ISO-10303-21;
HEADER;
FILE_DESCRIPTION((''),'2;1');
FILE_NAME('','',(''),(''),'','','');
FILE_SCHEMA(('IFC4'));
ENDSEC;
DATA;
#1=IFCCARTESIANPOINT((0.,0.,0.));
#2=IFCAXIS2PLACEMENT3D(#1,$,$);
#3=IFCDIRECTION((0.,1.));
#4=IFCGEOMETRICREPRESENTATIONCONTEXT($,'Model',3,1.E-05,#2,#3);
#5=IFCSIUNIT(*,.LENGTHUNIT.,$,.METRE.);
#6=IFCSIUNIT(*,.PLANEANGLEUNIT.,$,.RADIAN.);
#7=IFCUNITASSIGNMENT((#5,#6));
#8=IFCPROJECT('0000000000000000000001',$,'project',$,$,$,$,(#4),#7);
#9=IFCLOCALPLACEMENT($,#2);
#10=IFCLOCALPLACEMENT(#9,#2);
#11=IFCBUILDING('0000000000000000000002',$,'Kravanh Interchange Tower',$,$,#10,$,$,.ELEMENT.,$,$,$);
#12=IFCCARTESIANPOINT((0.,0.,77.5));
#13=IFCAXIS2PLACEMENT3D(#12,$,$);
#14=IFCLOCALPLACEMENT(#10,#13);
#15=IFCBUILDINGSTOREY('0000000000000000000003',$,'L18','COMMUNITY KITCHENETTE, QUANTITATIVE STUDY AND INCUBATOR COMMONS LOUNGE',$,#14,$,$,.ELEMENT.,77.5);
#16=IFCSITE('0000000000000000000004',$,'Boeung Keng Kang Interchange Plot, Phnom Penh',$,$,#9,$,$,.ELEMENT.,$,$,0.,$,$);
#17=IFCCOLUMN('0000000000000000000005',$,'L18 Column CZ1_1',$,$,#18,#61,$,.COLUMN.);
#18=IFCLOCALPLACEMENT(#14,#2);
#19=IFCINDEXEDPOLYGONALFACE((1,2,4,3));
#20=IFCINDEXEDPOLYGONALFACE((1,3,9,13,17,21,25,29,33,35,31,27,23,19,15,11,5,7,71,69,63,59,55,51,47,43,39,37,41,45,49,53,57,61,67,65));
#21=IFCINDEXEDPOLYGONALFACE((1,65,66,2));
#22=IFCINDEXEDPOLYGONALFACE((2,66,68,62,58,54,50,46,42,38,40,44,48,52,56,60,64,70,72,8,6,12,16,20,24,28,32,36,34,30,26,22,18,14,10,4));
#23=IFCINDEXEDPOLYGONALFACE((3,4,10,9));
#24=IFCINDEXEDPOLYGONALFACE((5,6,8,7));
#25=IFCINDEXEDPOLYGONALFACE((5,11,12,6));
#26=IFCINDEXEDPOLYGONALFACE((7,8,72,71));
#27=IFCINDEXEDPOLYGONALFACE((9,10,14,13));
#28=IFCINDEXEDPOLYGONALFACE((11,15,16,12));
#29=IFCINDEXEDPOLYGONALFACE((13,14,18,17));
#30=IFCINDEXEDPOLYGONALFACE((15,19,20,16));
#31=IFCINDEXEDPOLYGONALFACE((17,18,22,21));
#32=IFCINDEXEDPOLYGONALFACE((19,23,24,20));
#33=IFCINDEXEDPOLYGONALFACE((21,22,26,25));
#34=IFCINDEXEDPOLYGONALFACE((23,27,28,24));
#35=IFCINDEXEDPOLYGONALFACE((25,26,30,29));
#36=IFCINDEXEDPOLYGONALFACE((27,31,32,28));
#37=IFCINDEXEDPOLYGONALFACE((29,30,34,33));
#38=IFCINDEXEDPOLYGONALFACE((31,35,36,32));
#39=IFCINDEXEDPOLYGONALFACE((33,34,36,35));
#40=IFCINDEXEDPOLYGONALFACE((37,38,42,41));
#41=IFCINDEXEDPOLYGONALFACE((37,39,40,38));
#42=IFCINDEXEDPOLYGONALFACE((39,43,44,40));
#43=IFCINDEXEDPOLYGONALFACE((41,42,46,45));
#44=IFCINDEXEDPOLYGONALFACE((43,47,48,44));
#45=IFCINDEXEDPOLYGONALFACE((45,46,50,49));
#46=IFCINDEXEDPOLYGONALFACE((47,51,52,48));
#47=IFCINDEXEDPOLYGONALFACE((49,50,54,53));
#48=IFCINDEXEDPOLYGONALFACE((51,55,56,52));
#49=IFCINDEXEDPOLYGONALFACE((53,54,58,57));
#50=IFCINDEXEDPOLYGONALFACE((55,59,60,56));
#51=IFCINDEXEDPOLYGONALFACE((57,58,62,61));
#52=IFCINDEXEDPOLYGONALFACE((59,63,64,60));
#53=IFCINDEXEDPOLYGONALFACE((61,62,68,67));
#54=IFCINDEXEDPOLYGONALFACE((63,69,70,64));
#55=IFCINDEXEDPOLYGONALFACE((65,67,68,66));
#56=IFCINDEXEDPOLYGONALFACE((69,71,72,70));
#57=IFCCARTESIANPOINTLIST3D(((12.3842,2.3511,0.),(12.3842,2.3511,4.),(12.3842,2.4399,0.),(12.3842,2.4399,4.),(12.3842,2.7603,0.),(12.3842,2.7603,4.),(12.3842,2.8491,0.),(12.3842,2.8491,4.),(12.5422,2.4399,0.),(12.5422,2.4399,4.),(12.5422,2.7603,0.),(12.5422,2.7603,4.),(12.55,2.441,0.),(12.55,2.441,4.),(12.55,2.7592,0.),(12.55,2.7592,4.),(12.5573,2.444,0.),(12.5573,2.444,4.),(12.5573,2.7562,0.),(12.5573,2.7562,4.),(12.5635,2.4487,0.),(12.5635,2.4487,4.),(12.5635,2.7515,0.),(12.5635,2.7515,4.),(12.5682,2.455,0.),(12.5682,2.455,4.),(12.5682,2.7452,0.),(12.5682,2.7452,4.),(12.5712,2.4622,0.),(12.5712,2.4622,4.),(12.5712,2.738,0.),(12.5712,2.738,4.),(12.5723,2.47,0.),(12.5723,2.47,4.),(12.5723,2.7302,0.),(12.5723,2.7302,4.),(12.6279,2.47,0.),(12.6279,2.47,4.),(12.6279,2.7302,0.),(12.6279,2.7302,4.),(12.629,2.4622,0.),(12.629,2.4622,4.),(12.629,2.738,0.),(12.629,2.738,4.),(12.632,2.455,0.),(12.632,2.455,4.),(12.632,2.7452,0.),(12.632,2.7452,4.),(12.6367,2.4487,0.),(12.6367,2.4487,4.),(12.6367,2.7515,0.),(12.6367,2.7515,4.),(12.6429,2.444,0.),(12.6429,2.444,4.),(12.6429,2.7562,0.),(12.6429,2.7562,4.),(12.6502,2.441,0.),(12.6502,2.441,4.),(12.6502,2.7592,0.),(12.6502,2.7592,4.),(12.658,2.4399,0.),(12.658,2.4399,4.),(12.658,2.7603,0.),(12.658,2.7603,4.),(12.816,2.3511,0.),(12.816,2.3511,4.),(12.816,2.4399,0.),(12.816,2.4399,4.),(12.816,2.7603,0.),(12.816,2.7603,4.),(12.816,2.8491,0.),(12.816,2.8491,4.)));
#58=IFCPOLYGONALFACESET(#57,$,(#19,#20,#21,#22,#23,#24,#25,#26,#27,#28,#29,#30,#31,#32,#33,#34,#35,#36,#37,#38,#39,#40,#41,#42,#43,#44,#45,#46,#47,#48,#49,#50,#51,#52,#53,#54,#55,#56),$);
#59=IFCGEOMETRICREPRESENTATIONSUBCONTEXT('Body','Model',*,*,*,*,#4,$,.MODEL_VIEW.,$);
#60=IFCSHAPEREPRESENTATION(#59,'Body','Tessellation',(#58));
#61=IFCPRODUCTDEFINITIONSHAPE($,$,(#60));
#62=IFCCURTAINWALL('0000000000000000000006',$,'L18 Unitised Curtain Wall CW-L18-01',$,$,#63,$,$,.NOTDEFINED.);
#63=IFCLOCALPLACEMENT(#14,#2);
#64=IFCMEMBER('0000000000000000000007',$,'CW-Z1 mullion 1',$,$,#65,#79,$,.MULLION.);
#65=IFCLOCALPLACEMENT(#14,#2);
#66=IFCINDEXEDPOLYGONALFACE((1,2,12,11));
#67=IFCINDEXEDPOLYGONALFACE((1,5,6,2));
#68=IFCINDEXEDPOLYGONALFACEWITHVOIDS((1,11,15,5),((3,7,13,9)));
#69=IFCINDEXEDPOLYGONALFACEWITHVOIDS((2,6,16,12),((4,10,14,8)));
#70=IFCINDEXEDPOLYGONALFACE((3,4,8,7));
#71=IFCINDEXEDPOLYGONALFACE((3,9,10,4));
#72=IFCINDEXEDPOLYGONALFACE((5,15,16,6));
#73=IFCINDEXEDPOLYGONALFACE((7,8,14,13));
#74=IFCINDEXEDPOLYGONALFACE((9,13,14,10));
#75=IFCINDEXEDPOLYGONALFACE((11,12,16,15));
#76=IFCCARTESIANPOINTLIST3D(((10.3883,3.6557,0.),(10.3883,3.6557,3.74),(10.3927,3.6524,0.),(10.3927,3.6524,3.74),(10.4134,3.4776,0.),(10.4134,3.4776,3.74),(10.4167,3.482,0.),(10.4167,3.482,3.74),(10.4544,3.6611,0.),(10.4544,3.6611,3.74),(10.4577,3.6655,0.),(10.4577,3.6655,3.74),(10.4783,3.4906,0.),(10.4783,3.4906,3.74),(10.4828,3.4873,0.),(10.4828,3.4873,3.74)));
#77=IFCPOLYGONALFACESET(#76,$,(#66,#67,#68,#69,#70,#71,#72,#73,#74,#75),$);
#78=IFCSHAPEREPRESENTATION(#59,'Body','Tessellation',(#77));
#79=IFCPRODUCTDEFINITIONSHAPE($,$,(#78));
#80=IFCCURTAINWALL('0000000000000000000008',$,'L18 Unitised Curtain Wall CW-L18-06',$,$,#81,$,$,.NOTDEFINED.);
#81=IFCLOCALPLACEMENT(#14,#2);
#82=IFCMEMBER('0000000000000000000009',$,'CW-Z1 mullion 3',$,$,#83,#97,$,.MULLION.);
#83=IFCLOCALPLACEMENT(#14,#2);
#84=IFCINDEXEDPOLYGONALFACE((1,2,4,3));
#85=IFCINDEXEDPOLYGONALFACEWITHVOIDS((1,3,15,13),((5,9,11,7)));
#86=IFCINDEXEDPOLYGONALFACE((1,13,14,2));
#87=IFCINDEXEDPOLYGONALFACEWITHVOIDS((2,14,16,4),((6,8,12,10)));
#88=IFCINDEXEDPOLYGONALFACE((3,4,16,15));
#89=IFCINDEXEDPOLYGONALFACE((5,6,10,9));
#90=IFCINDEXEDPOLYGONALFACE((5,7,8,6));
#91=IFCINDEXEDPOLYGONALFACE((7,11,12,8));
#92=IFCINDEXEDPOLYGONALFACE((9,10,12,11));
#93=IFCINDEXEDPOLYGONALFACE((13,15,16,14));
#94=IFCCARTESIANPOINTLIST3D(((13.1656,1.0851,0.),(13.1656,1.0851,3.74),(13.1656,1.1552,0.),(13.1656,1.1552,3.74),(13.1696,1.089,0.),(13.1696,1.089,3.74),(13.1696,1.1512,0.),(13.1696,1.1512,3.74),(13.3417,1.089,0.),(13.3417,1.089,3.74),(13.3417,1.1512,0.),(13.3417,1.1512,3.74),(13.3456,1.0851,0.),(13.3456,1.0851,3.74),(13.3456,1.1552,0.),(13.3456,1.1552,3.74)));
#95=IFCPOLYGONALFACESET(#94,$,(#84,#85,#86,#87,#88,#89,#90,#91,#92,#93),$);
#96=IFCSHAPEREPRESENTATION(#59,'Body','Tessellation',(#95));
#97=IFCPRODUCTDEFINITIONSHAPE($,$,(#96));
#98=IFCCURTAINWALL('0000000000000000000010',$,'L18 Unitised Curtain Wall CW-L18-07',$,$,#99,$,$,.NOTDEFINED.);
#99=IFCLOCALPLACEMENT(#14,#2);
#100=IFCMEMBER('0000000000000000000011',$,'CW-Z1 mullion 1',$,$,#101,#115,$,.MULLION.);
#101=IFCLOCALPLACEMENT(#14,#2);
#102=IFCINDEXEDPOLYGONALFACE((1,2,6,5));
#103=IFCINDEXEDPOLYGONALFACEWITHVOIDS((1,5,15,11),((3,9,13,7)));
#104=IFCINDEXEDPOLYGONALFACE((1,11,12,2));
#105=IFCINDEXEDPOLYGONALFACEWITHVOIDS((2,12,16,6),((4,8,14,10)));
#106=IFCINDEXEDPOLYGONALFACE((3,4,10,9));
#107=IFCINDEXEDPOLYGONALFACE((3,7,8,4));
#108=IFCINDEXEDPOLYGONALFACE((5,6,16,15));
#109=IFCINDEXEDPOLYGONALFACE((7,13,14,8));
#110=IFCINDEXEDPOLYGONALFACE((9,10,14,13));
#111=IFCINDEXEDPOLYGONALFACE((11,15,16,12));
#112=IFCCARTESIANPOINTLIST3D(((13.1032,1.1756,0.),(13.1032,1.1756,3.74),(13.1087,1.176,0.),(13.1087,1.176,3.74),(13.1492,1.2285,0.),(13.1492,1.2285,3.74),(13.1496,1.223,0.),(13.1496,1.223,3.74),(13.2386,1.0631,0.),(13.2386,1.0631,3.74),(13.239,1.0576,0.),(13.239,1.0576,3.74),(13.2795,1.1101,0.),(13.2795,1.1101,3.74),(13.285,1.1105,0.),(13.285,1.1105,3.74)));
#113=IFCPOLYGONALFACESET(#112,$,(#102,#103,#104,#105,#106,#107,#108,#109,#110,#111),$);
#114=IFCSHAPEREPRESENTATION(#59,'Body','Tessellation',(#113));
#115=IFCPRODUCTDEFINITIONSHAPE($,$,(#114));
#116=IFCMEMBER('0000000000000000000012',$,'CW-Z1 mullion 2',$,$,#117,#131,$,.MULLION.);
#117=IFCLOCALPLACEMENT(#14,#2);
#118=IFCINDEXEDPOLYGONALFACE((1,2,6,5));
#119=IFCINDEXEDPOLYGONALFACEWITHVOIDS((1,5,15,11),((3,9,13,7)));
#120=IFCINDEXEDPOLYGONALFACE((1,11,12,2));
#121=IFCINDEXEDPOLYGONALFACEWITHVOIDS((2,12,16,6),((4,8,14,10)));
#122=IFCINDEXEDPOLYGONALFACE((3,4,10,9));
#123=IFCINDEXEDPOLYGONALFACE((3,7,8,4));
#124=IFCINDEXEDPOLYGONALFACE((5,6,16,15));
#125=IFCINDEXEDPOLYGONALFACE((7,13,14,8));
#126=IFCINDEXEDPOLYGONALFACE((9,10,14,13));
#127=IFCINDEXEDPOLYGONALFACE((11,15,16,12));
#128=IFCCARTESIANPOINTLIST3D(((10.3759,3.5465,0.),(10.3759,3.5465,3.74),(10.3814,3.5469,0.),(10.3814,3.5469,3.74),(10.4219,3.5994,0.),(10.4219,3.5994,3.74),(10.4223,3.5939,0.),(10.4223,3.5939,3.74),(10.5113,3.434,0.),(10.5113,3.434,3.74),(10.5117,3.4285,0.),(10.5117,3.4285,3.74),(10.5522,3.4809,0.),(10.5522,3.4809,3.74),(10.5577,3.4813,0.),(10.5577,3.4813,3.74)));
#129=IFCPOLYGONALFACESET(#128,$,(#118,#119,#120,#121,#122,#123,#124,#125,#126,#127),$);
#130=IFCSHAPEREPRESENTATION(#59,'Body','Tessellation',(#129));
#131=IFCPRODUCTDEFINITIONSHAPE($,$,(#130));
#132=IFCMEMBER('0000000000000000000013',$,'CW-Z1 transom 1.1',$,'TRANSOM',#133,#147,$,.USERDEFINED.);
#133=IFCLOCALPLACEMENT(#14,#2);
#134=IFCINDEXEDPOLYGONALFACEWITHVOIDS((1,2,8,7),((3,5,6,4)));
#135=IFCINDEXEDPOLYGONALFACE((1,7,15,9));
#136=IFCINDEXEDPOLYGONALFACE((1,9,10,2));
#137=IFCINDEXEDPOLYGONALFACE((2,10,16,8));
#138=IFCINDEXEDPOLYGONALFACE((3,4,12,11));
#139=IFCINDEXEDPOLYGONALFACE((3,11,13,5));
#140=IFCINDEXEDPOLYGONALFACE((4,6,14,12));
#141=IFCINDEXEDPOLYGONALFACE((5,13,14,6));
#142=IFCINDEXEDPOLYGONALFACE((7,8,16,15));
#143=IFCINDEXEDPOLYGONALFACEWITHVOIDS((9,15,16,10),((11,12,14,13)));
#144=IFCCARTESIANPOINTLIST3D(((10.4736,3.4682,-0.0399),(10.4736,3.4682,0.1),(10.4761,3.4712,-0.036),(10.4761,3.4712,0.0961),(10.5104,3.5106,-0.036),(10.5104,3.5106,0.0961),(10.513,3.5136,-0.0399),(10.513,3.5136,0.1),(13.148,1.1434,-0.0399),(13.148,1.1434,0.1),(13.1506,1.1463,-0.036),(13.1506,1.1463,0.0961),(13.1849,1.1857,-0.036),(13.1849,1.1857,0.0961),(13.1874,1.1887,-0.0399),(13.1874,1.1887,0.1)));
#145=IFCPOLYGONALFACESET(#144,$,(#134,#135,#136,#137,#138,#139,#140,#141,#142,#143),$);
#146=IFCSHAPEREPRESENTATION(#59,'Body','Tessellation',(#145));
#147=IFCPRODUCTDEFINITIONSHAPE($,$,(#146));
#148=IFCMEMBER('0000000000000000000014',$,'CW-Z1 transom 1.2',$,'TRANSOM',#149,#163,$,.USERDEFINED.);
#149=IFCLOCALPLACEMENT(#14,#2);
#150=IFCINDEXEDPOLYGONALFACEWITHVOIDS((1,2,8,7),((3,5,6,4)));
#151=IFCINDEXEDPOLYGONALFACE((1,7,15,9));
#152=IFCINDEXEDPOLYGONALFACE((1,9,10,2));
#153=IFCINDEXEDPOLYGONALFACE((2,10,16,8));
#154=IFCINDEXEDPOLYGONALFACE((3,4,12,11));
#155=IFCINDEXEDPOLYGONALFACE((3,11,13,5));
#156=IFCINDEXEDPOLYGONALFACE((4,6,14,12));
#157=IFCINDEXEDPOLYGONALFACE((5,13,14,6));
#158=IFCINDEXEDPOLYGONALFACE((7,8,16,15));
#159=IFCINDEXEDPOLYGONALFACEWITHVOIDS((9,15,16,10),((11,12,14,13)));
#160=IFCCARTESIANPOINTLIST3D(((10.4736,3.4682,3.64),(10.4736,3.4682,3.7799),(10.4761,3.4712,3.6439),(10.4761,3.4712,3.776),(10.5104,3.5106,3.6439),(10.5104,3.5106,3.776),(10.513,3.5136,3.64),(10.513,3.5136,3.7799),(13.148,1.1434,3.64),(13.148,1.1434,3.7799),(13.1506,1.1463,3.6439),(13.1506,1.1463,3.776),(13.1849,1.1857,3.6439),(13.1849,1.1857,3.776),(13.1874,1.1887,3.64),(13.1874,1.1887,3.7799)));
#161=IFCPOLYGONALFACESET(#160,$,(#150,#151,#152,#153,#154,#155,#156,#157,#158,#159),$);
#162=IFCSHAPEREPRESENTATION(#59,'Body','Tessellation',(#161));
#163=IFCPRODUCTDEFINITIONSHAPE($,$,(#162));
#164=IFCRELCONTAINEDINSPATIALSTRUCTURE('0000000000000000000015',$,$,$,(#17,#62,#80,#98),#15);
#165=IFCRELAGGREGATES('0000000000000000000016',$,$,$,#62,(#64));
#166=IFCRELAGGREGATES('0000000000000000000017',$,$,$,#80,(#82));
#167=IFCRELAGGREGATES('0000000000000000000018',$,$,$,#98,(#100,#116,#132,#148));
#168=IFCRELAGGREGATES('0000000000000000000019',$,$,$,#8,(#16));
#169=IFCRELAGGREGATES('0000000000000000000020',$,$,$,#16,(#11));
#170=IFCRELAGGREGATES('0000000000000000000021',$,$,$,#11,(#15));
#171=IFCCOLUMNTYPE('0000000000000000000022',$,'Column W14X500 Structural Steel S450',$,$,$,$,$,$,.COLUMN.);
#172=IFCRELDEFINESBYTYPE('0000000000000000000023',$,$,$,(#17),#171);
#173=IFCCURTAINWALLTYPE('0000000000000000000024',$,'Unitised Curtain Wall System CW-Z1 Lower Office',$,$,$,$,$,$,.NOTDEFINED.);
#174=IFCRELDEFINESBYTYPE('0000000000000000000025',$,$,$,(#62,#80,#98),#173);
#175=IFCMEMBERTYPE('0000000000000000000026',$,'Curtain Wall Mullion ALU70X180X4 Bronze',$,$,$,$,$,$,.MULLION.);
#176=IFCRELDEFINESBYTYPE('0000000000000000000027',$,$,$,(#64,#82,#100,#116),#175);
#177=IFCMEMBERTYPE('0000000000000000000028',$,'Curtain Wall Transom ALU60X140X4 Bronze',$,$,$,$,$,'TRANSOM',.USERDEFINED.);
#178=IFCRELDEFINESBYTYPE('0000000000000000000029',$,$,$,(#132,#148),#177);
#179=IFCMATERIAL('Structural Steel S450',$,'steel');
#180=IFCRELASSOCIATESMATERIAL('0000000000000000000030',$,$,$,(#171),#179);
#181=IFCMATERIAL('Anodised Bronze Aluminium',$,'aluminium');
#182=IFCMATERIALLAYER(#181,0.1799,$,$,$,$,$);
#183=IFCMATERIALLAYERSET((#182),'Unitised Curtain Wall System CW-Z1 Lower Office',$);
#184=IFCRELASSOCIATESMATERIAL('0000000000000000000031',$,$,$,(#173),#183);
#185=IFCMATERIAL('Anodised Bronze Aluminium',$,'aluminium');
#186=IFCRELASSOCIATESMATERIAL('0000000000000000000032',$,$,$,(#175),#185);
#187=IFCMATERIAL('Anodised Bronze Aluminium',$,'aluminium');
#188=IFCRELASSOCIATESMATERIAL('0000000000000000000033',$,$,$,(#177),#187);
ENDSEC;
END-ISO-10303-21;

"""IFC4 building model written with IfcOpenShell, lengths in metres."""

from ifc_helpers import new_model, si_unit, direction, frame, origin, origin_2d, place, context, subcontext, project, spatial, hollow_rectangle, i_section, extrude, material, layer, layer_set, material_profile, profile_set, type_object, element, aggregate, save


model = new_model("IFC4")

# Units and contexts
model_context = context("Model", 3, precision=1e-05, world=origin(), true_north=direction((0.0, 1.0)))
body_context = subcontext(model_context, "Body", "Model", "MODEL_VIEW")
ifc_project = project(units=[si_unit("LENGTHUNIT", "METRE"), si_unit("PLANEANGLEUNIT", "RADIAN")], contexts=[model_context])

# Site, building, storey
site_placement = place(None, origin())
site = spatial("IfcSite", under=ifc_project, at=site_placement, Name="Boeung Keng Kang Interchange Plot, Phnom Penh", CompositionType="ELEMENT", RefElevation=0.0)
building_placement = place(site_placement, origin())
building = spatial("IfcBuilding", under=site, at=building_placement, Name="Kravanh Interchange Tower", CompositionType="ELEMENT")
storey_placement = place(building_placement, frame((0.0, 0.0, 77.5)))
storey = spatial("IfcBuildingStorey", under=building, at=storey_placement, Name="L18", Description="COMMUNITY KITCHENETTE, QUANTITATIVE STUDY AND INCUBATOR COMMONS LOUNGE", CompositionType="ELEMENT", Elevation=77.5)

# Column
ifc_material_1 = material(Name="Structural Steel S450", Category="steel")
ifc_material_profile_1 = material_profile(ifc_material_1, i_section(OverallWidth=0.4319, OverallDepth=0.498, WebThickness=0.0557, FlangeThickness=0.0889, FilletRadius=0.03, at=origin_2d()), Name="W14X500")
ifc_profile_set_1 = profile_set([ifc_material_profile_1], Name="Structural Steel S450")
column_type = type_object("IfcColumnType", Name="Column W14X500 Structural Steel S450", PredefinedType="COLUMN", material=ifc_profile_set_1)
column_placement = place(storey_placement, frame((12.6001, 2.6001, 0.0), z_axis=(0.0, 0.0, 1.0), x_axis=(1.0, 0.0, 0.0)))
element("IfcColumn", 1, at=column_placement, inside=storey, type_object=column_type, Name="L18 Column CZ1_1", PredefinedType="COLUMN", context=body_context, shape_type="SweptSolid", body=[
    extrude(i_section(OverallWidth=0.4319, OverallDepth=0.498, WebThickness=0.0557, FlangeThickness=0.0889, FilletRadius=0.03, at=origin_2d()), origin(), (0.0, 0.0, 1.0), 4.0),
])

# Curtain walls, members
ifc_material_2 = material(Name="Anodised Bronze Aluminium", Category="aluminium")
ifc_layer_1 = layer(ifc_material_2, 0.1799)
ifc_layer_set_1 = layer_set([ifc_layer_1], Name="Unitised Curtain Wall System CW-Z1 Lower Office")
curtain_wall_type = type_object("IfcCurtainWallType", Name="Unitised Curtain Wall System CW-Z1 Lower Office", PredefinedType="NOTDEFINED", material=ifc_layer_set_1)
curtain_wall_1_placement = place(storey_placement, origin())
curtain_wall_1 = element("IfcCurtainWall", 2, at=curtain_wall_1_placement, inside=storey, type_object=curtain_wall_type, Name="L18 Unitised Curtain Wall CW-L18-01", PredefinedType="NOTDEFINED")
ifc_material_3 = material(Name="Anodised Bronze Aluminium", Category="aluminium")
ifc_material_profile_2 = material_profile(ifc_material_3, hollow_rectangle(XDim=0.0701, YDim=0.1799, WallThickness=0.0039, at=origin_2d()), Name="ALU70X180X4")
ifc_profile_set_2 = profile_set([ifc_material_profile_2], Name="Anodised Bronze Aluminium")
member_type_1 = type_object("IfcMemberType", Name="Curtain Wall Mullion ALU70X180X4 Bronze", PredefinedType="MULLION", material=ifc_profile_set_2)
member_1_placement = place(storey_placement, frame((10.4355, 3.5715, 0.0), z_axis=(0.0, 0.0, 1.0), x_axis=(-0.990268, -0.139177, 0.0)))
member_1 = element("IfcMember", 3, at=member_1_placement, type_object=member_type_1, Name="CW-Z1 mullion 1", PredefinedType="MULLION", context=body_context, shape_type="SweptSolid", body=[
    extrude(hollow_rectangle(XDim=0.0701, YDim=0.1799, WallThickness=0.0039, at=origin_2d()), origin(), (0.0, 0.0, 1.0), 3.74),
])
aggregate(curtain_wall_1, [member_1])
curtain_wall_2_placement = place(storey_placement, origin())
curtain_wall_2 = element("IfcCurtainWall", 4, at=curtain_wall_2_placement, inside=storey, type_object=curtain_wall_type, Name="L18 Unitised Curtain Wall CW-L18-06", PredefinedType="NOTDEFINED")
member_2_placement = place(storey_placement, frame((13.2556, 1.1201, 0.0), z_axis=(0.0, 0.0, 1.0), x_axis=(0.0, -1.0, 0.0)))
member_2 = element("IfcMember", 5, at=member_2_placement, type_object=member_type_1, Name="CW-Z1 mullion 3", PredefinedType="MULLION", context=body_context, shape_type="SweptSolid", body=[
    extrude(hollow_rectangle(XDim=0.0701, YDim=0.1799, WallThickness=0.0039, at=origin_2d()), origin(), (0.0, 0.0, 1.0), 3.74),
])

# Curtain wall, members
curtain_wall_3_placement = place(storey_placement, origin())
curtain_wall_3 = element("IfcCurtainWall", 6, at=curtain_wall_3_placement, inside=storey, type_object=curtain_wall_type, Name="L18 Unitised Curtain Wall CW-L18-07", PredefinedType="NOTDEFINED")
member_3_placement = place(storey_placement, frame((13.1941, 1.1431, 0.0), z_axis=(0.0, 0.0, 1.0), x_axis=(-0.65606, -0.754708, 0.0)))
member_3 = element("IfcMember", 7, at=member_3_placement, type_object=member_type_1, Name="CW-Z1 mullion 1", PredefinedType="MULLION", context=body_context, shape_type="SweptSolid", body=[
    extrude(hollow_rectangle(XDim=0.0701, YDim=0.1799, WallThickness=0.0039, at=origin_2d()), origin(), (0.0, 0.0, 1.0), 3.74),
])
member_4_placement = place(storey_placement, frame((10.4668, 3.5139, 0.0), z_axis=(0.0, 0.0, 1.0), x_axis=(-0.65606, -0.754708, 0.0)))
member_4 = element("IfcMember", 8, at=member_4_placement, type_object=member_type_1, Name="CW-Z1 mullion 2", PredefinedType="MULLION", context=body_context, shape_type="SweptSolid", body=[
    extrude(hollow_rectangle(XDim=0.0701, YDim=0.1799, WallThickness=0.0039, at=origin_2d()), origin(), (0.0, 0.0, 1.0), 3.74),
])
ifc_material_4 = material(Name="Anodised Bronze Aluminium", Category="aluminium")
ifc_material_profile_3 = material_profile(ifc_material_4, hollow_rectangle(XDim=0.0601, YDim=0.1399, WallThickness=0.0039, at=origin_2d()), Name="ALU60X140X4")
ifc_profile_set_3 = profile_set([ifc_material_profile_3], Name="Anodised Bronze Aluminium")
member_type_2 = type_object("IfcMemberType", Name="Curtain Wall Transom ALU60X140X4 Bronze", ElementType="TRANSOM", PredefinedType="USERDEFINED", material=ifc_profile_set_3)
member_5_placement = place(storey_placement, frame((13.1677, 1.166, 0.03), z_axis=(-0.754711, 0.656058, 0.0), x_axis=(-0.656058, -0.754711, 0.0)))
member_5 = element("IfcMember", 9, at=member_5_placement, type_object=member_type_2, Name="CW-Z1 transom 1.1", ObjectType="TRANSOM", PredefinedType="USERDEFINED", context=body_context, shape_type="SweptSolid", body=[
    extrude(hollow_rectangle(XDim=0.0601, YDim=0.1399, WallThickness=0.0039, at=origin_2d()), origin(), (0.0, 0.0, 1.0), 3.5437),
])
member_6_placement = place(storey_placement, frame((13.1677, 1.166, 3.71), z_axis=(-0.754711, 0.656058, 0.0), x_axis=(-0.656058, -0.754711, 0.0)))
member_6 = element("IfcMember", 10, at=member_6_placement, type_object=member_type_2, Name="CW-Z1 transom 1.2", ObjectType="TRANSOM", PredefinedType="USERDEFINED", context=body_context, shape_type="SweptSolid", body=[
    extrude(hollow_rectangle(XDim=0.0601, YDim=0.1399, WallThickness=0.0039, at=origin_2d()), origin(), (0.0, 0.0, 1.0), 3.5437),
])

aggregate(curtain_wall_2, [member_2])
aggregate(curtain_wall_3, [member_3, member_4, member_5, member_6])

save(model, "model.ifc")
